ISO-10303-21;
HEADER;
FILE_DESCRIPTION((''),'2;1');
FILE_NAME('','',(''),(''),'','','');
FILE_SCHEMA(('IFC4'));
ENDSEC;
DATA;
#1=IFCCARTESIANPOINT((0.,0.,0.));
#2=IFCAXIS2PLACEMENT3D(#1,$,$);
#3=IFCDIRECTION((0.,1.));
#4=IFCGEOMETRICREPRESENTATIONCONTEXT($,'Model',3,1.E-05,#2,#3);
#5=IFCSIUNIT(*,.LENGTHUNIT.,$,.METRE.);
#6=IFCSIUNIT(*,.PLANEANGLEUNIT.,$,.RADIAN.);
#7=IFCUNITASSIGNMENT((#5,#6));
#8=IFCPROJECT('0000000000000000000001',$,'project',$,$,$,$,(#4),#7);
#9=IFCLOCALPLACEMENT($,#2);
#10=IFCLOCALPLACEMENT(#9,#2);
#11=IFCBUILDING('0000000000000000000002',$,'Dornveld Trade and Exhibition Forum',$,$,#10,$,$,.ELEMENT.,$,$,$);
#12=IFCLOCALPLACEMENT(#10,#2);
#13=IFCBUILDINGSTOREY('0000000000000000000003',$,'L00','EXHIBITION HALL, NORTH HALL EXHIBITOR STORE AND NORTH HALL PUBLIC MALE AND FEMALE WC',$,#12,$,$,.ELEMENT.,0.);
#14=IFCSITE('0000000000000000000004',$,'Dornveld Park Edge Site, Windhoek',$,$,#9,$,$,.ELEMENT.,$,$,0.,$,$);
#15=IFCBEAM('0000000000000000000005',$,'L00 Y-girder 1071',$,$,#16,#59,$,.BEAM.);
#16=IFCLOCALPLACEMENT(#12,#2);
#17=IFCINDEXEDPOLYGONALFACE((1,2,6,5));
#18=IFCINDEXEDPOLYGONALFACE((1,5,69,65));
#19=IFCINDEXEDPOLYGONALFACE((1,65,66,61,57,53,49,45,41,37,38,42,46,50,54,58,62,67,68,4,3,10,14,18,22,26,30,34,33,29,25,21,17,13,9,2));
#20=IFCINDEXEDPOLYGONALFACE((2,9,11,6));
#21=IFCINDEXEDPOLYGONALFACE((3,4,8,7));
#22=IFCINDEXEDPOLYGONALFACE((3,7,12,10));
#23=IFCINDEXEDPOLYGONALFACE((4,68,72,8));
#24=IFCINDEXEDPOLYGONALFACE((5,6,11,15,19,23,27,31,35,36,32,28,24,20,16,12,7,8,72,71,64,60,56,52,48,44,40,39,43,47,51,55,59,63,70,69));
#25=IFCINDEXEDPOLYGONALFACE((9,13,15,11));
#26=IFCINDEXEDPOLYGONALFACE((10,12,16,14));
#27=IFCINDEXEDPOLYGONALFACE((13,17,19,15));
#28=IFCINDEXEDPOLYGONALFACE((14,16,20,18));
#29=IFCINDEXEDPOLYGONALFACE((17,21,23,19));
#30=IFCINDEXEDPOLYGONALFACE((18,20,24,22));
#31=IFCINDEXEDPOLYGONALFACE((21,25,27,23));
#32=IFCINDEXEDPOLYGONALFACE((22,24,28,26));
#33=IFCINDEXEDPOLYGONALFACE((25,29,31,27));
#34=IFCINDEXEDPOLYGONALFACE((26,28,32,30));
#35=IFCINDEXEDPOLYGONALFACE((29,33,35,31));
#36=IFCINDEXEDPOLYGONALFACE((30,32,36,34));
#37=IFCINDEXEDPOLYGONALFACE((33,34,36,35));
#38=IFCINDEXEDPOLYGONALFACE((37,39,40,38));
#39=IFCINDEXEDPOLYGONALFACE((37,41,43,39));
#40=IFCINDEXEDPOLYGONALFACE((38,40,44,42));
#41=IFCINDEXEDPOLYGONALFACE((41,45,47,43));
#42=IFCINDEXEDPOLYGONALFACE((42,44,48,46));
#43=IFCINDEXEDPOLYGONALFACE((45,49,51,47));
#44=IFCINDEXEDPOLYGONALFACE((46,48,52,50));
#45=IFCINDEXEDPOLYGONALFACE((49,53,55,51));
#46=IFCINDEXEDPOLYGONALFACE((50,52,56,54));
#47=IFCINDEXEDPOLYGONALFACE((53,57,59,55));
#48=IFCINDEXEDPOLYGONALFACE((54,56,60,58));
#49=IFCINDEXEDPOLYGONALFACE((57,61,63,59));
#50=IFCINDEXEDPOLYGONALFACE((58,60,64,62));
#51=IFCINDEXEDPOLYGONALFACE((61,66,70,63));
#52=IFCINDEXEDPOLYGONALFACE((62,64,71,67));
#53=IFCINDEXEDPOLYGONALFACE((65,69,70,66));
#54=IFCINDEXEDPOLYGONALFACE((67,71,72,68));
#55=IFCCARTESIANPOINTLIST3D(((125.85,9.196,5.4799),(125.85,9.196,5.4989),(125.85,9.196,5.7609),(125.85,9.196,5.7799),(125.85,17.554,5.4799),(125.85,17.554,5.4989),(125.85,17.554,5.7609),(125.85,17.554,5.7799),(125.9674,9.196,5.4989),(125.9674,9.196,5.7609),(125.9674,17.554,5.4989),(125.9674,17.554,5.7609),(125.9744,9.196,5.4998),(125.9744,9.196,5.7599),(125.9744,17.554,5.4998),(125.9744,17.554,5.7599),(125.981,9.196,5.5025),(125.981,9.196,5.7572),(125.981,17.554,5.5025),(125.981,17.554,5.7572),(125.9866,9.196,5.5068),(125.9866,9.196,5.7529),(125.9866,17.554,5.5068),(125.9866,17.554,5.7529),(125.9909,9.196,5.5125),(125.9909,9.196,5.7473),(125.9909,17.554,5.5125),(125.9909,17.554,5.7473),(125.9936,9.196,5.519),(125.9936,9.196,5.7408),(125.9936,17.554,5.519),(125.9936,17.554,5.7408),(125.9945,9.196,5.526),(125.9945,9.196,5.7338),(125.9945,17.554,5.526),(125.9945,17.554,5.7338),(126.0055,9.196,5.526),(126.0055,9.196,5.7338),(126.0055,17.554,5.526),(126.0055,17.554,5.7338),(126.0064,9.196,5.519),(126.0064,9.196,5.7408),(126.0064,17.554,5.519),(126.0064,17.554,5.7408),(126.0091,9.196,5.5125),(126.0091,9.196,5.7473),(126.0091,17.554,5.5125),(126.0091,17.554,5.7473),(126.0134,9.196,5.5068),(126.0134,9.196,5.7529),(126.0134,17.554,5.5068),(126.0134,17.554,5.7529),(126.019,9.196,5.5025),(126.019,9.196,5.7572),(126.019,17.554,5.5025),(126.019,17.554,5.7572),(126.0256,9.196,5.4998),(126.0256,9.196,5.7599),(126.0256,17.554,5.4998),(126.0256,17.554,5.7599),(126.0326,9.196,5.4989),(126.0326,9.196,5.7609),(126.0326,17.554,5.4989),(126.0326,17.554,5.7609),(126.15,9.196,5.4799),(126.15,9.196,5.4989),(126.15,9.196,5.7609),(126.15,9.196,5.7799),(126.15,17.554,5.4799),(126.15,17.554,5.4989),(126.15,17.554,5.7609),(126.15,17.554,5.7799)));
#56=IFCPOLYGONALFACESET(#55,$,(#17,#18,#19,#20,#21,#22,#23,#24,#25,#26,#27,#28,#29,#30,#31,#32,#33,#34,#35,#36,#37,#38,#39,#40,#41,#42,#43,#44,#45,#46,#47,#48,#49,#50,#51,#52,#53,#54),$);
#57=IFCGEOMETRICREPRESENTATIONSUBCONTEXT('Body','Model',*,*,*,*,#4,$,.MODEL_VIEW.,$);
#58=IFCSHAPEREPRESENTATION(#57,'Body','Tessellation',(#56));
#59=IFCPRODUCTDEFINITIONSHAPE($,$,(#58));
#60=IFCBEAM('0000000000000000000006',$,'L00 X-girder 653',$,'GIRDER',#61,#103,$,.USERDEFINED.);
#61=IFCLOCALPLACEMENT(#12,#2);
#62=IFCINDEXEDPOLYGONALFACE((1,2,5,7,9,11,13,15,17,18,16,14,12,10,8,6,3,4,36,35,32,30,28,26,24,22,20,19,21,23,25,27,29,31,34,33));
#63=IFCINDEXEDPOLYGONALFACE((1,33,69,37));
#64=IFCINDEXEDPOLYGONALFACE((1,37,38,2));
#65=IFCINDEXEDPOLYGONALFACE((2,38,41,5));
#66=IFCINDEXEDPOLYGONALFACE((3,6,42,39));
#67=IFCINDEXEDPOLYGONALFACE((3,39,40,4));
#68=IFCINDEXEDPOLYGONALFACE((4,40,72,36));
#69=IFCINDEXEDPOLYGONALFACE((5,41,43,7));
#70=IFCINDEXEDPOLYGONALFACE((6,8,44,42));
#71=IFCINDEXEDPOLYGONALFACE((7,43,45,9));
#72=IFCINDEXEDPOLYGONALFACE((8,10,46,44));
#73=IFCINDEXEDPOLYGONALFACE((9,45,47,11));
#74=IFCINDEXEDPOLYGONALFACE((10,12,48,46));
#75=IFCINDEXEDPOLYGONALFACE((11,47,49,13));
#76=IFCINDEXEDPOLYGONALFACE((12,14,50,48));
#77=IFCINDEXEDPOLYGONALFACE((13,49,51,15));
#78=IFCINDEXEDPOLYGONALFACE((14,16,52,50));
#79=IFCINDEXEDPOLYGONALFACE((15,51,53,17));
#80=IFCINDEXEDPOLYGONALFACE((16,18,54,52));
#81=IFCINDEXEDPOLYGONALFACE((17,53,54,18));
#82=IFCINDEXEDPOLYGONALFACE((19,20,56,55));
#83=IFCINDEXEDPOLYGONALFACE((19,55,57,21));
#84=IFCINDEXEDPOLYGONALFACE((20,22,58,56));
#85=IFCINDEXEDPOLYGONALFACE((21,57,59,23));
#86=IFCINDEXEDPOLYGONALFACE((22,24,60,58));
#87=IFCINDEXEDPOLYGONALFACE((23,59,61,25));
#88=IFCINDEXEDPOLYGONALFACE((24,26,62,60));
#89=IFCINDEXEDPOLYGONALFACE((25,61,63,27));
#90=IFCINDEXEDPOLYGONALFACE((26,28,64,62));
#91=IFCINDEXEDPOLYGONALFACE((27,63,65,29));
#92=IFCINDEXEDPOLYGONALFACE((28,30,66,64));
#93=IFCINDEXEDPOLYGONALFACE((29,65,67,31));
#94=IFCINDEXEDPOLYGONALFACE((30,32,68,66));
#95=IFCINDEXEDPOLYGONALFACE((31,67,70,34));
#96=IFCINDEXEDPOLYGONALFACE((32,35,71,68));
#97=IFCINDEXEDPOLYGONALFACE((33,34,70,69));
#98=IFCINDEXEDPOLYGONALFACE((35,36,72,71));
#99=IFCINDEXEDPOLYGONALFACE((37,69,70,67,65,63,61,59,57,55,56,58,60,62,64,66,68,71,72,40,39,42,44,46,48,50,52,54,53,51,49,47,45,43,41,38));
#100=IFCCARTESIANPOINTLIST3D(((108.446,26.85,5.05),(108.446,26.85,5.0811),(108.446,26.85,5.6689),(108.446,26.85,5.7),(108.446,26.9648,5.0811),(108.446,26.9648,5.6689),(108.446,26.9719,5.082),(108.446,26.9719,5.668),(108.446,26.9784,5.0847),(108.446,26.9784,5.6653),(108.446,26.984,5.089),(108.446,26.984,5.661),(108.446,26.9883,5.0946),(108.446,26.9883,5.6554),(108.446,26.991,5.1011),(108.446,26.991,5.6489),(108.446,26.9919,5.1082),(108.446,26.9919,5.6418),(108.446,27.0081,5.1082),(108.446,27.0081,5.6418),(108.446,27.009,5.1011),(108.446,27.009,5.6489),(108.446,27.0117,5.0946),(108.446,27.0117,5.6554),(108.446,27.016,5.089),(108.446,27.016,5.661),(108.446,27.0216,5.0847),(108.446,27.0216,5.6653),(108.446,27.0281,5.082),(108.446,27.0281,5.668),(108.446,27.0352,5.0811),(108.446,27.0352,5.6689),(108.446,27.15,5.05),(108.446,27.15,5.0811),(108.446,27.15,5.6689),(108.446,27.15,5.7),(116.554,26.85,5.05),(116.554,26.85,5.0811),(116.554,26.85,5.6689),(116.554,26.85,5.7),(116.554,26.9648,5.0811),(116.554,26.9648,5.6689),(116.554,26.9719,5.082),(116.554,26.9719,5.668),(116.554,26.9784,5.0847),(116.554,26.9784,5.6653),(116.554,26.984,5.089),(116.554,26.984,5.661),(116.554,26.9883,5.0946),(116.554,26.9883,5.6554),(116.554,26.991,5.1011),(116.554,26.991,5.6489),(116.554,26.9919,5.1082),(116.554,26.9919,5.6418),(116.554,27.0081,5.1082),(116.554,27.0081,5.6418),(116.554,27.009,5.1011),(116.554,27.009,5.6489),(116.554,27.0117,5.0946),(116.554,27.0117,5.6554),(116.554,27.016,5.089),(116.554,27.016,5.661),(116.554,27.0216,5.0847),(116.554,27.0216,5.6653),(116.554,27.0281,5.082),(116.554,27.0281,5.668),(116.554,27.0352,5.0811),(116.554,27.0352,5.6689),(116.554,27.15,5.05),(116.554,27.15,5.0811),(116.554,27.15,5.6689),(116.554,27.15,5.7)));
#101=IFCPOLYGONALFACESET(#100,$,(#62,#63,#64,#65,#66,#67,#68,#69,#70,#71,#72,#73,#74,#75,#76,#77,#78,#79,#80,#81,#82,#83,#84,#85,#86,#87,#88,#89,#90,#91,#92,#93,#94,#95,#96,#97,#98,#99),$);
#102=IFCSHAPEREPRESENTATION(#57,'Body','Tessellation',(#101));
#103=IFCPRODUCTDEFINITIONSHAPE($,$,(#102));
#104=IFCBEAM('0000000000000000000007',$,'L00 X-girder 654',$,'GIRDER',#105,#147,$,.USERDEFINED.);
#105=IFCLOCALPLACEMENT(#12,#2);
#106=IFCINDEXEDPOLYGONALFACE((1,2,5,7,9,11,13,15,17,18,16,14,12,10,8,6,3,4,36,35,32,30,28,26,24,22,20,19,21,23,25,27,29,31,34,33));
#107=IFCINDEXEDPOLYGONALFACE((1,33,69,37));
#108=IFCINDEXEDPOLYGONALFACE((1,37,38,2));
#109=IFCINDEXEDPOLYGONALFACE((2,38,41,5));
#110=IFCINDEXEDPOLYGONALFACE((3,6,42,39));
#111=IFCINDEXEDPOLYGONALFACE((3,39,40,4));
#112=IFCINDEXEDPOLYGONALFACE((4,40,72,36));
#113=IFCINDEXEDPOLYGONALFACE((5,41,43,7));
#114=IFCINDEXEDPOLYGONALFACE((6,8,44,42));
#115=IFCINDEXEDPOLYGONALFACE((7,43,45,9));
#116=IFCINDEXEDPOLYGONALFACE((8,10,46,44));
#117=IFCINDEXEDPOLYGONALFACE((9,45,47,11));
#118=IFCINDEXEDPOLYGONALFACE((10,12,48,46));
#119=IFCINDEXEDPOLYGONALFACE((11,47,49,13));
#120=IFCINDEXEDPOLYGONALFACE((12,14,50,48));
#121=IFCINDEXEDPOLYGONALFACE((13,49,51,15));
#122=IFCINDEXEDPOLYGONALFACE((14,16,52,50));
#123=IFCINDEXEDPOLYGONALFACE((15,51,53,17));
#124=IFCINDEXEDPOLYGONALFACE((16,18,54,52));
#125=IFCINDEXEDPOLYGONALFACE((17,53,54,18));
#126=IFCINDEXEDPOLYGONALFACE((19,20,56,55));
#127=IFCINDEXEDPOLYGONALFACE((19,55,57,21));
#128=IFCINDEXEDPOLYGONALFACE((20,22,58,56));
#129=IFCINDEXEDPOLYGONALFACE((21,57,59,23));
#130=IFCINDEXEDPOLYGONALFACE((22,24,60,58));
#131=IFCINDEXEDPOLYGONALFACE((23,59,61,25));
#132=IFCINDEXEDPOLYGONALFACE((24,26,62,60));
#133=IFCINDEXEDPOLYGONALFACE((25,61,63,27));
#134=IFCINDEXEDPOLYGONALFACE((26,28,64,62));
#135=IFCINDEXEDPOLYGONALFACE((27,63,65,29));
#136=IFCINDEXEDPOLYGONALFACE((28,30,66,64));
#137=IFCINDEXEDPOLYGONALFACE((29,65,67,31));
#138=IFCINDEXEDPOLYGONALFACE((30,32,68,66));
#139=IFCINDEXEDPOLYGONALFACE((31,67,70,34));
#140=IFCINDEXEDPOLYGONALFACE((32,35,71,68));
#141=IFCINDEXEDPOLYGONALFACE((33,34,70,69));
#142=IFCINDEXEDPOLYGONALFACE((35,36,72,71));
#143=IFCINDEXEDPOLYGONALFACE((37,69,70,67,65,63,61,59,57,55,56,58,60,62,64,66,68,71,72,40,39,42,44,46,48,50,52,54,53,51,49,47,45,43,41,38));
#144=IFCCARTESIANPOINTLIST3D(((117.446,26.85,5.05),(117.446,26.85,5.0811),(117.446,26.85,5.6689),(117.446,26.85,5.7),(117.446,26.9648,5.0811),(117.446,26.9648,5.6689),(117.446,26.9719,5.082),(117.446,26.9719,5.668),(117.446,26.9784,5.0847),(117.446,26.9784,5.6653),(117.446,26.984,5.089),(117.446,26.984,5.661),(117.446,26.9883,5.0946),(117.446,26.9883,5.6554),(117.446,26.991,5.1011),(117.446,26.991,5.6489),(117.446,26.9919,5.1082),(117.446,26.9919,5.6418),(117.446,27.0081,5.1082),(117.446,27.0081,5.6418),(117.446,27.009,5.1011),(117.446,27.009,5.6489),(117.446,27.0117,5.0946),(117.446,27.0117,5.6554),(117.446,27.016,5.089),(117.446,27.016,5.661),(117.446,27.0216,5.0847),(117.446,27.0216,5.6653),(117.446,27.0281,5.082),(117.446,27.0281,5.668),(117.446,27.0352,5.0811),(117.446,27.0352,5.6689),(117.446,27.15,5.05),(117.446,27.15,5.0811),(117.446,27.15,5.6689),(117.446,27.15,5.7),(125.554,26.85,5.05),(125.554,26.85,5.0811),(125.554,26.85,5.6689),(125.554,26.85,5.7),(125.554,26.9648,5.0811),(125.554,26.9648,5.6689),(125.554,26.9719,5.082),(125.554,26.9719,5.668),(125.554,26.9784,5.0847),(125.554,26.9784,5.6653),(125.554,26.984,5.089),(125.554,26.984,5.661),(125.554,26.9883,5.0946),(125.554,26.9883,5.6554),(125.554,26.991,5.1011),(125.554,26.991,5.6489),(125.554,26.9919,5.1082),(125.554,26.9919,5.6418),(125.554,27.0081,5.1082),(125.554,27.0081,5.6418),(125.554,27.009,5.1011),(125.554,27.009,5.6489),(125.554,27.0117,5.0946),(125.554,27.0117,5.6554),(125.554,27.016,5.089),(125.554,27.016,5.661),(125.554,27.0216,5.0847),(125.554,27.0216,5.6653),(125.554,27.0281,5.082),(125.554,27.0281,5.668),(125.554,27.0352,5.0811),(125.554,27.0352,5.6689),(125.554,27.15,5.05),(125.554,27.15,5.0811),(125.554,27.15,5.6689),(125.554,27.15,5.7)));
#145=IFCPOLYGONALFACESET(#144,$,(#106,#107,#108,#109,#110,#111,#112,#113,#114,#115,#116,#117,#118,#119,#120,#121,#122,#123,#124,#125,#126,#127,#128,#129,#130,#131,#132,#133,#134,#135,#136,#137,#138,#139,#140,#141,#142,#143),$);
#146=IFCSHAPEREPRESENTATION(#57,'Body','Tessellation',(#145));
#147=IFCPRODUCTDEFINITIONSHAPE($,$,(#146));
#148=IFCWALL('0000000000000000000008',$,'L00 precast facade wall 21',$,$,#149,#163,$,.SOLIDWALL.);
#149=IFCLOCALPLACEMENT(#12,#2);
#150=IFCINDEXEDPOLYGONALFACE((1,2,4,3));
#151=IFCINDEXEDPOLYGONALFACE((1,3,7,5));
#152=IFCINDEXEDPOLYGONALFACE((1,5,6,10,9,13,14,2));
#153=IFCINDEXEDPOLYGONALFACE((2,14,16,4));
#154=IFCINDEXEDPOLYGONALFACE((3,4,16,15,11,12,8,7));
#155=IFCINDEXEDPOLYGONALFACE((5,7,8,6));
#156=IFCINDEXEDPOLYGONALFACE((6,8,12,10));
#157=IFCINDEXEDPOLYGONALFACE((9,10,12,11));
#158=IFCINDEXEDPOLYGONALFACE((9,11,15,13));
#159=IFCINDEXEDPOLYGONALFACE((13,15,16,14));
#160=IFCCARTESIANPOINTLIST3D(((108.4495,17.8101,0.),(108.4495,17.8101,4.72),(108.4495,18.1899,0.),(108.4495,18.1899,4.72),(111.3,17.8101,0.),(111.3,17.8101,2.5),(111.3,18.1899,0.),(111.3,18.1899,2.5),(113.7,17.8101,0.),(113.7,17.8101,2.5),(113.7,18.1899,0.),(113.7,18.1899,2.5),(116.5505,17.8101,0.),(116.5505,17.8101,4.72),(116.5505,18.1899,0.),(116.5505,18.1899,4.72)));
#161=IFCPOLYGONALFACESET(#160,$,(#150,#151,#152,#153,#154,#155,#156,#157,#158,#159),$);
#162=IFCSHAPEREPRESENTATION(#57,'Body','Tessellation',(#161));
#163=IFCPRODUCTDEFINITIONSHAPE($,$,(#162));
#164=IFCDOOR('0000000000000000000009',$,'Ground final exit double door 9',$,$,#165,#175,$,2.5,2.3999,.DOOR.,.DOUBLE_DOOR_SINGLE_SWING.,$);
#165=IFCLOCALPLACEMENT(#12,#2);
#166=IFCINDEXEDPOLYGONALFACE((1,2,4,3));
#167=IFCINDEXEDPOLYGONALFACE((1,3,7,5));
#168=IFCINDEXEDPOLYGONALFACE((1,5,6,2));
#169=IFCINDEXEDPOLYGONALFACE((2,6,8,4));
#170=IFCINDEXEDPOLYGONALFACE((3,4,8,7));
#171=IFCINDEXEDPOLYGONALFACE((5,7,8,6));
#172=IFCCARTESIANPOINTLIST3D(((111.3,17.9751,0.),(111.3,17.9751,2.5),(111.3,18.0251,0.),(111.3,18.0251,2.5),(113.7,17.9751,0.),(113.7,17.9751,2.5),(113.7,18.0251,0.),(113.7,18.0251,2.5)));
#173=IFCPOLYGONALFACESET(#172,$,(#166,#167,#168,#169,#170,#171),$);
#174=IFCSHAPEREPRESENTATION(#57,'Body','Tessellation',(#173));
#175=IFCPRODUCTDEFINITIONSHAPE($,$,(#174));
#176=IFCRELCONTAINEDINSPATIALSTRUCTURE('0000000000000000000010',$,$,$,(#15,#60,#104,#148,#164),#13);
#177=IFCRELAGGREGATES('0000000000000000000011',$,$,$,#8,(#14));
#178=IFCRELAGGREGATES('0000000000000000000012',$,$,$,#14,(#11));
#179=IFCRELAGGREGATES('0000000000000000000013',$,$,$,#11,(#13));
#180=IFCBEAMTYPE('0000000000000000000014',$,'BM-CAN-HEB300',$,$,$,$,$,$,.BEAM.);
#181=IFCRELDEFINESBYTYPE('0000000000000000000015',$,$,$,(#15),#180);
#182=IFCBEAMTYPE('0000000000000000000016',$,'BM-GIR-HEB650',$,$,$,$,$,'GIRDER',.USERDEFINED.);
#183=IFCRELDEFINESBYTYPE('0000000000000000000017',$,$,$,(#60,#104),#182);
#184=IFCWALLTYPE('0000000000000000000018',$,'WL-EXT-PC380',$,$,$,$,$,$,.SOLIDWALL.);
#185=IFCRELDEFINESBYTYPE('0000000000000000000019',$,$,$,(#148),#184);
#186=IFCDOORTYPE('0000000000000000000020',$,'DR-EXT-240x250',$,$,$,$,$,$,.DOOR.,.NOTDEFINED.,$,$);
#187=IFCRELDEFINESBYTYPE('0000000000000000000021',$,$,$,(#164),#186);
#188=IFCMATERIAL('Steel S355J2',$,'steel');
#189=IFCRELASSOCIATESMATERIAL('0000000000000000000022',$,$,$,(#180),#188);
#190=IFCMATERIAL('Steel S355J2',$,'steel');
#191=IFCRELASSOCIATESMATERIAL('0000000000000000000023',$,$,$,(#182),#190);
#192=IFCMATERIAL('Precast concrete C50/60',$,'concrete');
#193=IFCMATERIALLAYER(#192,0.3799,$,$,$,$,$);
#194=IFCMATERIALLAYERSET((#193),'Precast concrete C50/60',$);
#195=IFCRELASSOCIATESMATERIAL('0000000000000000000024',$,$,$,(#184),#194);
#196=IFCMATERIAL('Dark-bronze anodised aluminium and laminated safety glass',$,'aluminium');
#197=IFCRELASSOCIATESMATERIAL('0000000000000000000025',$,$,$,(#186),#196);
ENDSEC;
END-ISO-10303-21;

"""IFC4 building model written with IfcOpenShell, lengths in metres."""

from ifc_helpers import new_model, si_unit, direction, frame, frame_2d, origin, origin_2d, place, context, subcontext, project, spatial, rectangle, i_section, extrude, material, layer, layer_set, material_profile, profile_set, type_object, element, fill, save


model = new_model("IFC4")

# Units and contexts
model_context = context("Model", 3, precision=1e-05, world=origin(), true_north=direction((0.0, 1.0)))
body_context = subcontext(model_context, "Body", "Model", "MODEL_VIEW")
ifc_project = project(units=[si_unit("LENGTHUNIT", "METRE"), si_unit("PLANEANGLEUNIT", "RADIAN")], contexts=[model_context])

# Site, building, storey
site_placement = place(None, origin())
site = spatial("IfcSite", under=ifc_project, at=site_placement, Name="Dornveld Park Edge Site, Windhoek", CompositionType="ELEMENT", RefElevation=0.0)
building_placement = place(site_placement, origin())
building = spatial("IfcBuilding", under=site, at=building_placement, Name="Dornveld Trade and Exhibition Forum", CompositionType="ELEMENT")
storey_placement = place(building_placement, origin())
storey = spatial("IfcBuildingStorey", under=building, at=storey_placement, Name="L00", Description="EXHIBITION HALL, NORTH HALL EXHIBITOR STORE AND NORTH HALL PUBLIC MALE AND FEMALE WC", CompositionType="ELEMENT", Elevation=0.0)

# Beams
ifc_material_1 = material(Name="Steel S355J2", Category="steel")
ifc_material_profile_1 = material_profile(ifc_material_1, i_section(OverallWidth=0.3, OverallDepth=0.3, WebThickness=0.011, FlangeThickness=0.019, FilletRadius=0.0271, at=origin_2d()), Name="HEB 300")
ifc_profile_set_1 = profile_set([ifc_material_profile_1], Name="Steel S355J2")
beam_type_1 = type_object("IfcBeamType", Name="BM-CAN-HEB300", PredefinedType="BEAM", material=ifc_profile_set_1)
for number, where, z_axis, x_axis, name in (
    (1, (126.0, 9.196, 5.6299), (0.0, 1.0, 0.0), (-1.0, 0.0, 0.0), "L00 Y-girder 1071"),
):
    element("IfcBeam", number, at=place(storey_placement, frame(where, z_axis=z_axis, x_axis=x_axis)), inside=storey, type_object=beam_type_1, Name=name, PredefinedType="BEAM", context=body_context, shape_type="SweptSolid", body=[
        extrude(i_section(OverallWidth=0.3, OverallDepth=0.3, WebThickness=0.011, FlangeThickness=0.019, FilletRadius=0.0271, at=origin_2d()), origin(), (0.0, 0.0, 1.0), 8.3579),
    ])
ifc_material_2 = material(Name="Steel S355J2", Category="steel")
ifc_material_profile_2 = material_profile(ifc_material_2, i_section(OverallWidth=0.3, OverallDepth=0.6499, WebThickness=0.0161, FlangeThickness=0.031, FilletRadius=0.0271, at=origin_2d()), Name="HEB 650")
ifc_profile_set_2 = profile_set([ifc_material_profile_2], Name="Steel S355J2")
beam_type_2 = type_object("IfcBeamType", Name="BM-GIR-HEB650", ElementType="GIRDER", PredefinedType="USERDEFINED", material=ifc_profile_set_2)
for number, where, z_axis, x_axis, name in (
    (2, (108.446, 27.0, 5.375), (1.0, 0.0, 0.0), (0.0, 1.0, 0.0), "L00 X-girder 653"),
    (3, (117.446, 27.0, 5.375), (1.0, 0.0, 0.0), (0.0, 1.0, 0.0), "L00 X-girder 654"),
):
    element("IfcBeam", number, at=place(storey_placement, frame(where, z_axis=z_axis, x_axis=x_axis)), inside=storey, type_object=beam_type_2, Name=name, ObjectType="GIRDER", PredefinedType="USERDEFINED", context=body_context, shape_type="SweptSolid", body=[
        extrude(i_section(OverallWidth=0.3, OverallDepth=0.6499, WebThickness=0.0161, FlangeThickness=0.031, FilletRadius=0.0271, at=origin_2d()), origin(), (0.0, 0.0, 1.0), 8.1079),
    ])

# Wall, opening, door
ifc_material_3 = material(Name="Precast concrete C50/60", Category="concrete")
ifc_layer = layer(ifc_material_3, 0.3799)
ifc_layer_set = layer_set([ifc_layer], Name="Precast concrete C50/60")
wall_type = type_object("IfcWallType", Name="WL-EXT-PC380", PredefinedType="SOLIDWALL", material=ifc_layer_set)
wall_1_placement = place(storey_placement, frame((108.4495, 18.0, 0.0), z_axis=(0.0, 0.0, 1.0), x_axis=(1.0, 0.0, 0.0)))
wall_1 = element("IfcWall", 4, at=wall_1_placement, inside=storey, type_object=wall_type, Name="L00 precast facade wall 21", PredefinedType="SOLIDWALL", context=body_context, shape_type="SweptSolid", body=[
    extrude(rectangle(XDim=8.1011, YDim=0.3799, at=frame_2d((4.0505, 0.0))), origin(), (0.0, 0.0, 1.0), 4.72),
])
opening_1_placement = place(wall_1_placement, frame((2.8506, 0.0, 0.0)))
opening_1 = element("IfcOpeningElement", 5, at=opening_1_placement, cuts=wall_1, PredefinedType="OPENING", context=body_context, shape_type="SweptSolid", body=[
    extrude(rectangle(XDim=2.3999, YDim=2.5, at=frame_2d((1.2, 1.25))), frame((0.0, 0.2, 0.0), z_axis=(0.0, -1.0, 0.0), x_axis=(1.0, 0.0, 0.0)), (0.0, 0.0, 1.0), 0.3999),
])
ifc_material_4 = material(Name="Dark-bronze anodised aluminium and laminated safety glass", Category="aluminium")
door_type_1 = type_object("IfcDoorType", Name="DR-EXT-240x250", OperationType="NOTDEFINED", PredefinedType="DOOR", material=ifc_material_4)
door_1_placement = place(opening_1_placement, frame((2.3999, 0.0, 0.0), z_axis=(0.0, 0.0, 1.0), x_axis=(-1.0, 0.0, 0.0)))
door_1 = element("IfcDoor", 6, at=door_1_placement, inside=storey, type_object=door_type_1, Name="Ground final exit double door 9", OperationType="DOUBLE_DOOR_SINGLE_SWING", OverallHeight=2.5, OverallWidth=2.3999, PredefinedType="DOOR", context=body_context, shape_type="SweptSolid", body=[
    extrude(rectangle(XDim=2.3999, YDim=2.5, at=frame_2d((1.2, 1.25))), frame((0.0, 0.0249, 0.0), z_axis=(0.0, -1.0, 0.0), x_axis=(1.0, 0.0, 0.0)), (0.0, 0.0, 1.0), 0.05),
])
fill(opening_1, door_1)

save(model, "model.ifc")
